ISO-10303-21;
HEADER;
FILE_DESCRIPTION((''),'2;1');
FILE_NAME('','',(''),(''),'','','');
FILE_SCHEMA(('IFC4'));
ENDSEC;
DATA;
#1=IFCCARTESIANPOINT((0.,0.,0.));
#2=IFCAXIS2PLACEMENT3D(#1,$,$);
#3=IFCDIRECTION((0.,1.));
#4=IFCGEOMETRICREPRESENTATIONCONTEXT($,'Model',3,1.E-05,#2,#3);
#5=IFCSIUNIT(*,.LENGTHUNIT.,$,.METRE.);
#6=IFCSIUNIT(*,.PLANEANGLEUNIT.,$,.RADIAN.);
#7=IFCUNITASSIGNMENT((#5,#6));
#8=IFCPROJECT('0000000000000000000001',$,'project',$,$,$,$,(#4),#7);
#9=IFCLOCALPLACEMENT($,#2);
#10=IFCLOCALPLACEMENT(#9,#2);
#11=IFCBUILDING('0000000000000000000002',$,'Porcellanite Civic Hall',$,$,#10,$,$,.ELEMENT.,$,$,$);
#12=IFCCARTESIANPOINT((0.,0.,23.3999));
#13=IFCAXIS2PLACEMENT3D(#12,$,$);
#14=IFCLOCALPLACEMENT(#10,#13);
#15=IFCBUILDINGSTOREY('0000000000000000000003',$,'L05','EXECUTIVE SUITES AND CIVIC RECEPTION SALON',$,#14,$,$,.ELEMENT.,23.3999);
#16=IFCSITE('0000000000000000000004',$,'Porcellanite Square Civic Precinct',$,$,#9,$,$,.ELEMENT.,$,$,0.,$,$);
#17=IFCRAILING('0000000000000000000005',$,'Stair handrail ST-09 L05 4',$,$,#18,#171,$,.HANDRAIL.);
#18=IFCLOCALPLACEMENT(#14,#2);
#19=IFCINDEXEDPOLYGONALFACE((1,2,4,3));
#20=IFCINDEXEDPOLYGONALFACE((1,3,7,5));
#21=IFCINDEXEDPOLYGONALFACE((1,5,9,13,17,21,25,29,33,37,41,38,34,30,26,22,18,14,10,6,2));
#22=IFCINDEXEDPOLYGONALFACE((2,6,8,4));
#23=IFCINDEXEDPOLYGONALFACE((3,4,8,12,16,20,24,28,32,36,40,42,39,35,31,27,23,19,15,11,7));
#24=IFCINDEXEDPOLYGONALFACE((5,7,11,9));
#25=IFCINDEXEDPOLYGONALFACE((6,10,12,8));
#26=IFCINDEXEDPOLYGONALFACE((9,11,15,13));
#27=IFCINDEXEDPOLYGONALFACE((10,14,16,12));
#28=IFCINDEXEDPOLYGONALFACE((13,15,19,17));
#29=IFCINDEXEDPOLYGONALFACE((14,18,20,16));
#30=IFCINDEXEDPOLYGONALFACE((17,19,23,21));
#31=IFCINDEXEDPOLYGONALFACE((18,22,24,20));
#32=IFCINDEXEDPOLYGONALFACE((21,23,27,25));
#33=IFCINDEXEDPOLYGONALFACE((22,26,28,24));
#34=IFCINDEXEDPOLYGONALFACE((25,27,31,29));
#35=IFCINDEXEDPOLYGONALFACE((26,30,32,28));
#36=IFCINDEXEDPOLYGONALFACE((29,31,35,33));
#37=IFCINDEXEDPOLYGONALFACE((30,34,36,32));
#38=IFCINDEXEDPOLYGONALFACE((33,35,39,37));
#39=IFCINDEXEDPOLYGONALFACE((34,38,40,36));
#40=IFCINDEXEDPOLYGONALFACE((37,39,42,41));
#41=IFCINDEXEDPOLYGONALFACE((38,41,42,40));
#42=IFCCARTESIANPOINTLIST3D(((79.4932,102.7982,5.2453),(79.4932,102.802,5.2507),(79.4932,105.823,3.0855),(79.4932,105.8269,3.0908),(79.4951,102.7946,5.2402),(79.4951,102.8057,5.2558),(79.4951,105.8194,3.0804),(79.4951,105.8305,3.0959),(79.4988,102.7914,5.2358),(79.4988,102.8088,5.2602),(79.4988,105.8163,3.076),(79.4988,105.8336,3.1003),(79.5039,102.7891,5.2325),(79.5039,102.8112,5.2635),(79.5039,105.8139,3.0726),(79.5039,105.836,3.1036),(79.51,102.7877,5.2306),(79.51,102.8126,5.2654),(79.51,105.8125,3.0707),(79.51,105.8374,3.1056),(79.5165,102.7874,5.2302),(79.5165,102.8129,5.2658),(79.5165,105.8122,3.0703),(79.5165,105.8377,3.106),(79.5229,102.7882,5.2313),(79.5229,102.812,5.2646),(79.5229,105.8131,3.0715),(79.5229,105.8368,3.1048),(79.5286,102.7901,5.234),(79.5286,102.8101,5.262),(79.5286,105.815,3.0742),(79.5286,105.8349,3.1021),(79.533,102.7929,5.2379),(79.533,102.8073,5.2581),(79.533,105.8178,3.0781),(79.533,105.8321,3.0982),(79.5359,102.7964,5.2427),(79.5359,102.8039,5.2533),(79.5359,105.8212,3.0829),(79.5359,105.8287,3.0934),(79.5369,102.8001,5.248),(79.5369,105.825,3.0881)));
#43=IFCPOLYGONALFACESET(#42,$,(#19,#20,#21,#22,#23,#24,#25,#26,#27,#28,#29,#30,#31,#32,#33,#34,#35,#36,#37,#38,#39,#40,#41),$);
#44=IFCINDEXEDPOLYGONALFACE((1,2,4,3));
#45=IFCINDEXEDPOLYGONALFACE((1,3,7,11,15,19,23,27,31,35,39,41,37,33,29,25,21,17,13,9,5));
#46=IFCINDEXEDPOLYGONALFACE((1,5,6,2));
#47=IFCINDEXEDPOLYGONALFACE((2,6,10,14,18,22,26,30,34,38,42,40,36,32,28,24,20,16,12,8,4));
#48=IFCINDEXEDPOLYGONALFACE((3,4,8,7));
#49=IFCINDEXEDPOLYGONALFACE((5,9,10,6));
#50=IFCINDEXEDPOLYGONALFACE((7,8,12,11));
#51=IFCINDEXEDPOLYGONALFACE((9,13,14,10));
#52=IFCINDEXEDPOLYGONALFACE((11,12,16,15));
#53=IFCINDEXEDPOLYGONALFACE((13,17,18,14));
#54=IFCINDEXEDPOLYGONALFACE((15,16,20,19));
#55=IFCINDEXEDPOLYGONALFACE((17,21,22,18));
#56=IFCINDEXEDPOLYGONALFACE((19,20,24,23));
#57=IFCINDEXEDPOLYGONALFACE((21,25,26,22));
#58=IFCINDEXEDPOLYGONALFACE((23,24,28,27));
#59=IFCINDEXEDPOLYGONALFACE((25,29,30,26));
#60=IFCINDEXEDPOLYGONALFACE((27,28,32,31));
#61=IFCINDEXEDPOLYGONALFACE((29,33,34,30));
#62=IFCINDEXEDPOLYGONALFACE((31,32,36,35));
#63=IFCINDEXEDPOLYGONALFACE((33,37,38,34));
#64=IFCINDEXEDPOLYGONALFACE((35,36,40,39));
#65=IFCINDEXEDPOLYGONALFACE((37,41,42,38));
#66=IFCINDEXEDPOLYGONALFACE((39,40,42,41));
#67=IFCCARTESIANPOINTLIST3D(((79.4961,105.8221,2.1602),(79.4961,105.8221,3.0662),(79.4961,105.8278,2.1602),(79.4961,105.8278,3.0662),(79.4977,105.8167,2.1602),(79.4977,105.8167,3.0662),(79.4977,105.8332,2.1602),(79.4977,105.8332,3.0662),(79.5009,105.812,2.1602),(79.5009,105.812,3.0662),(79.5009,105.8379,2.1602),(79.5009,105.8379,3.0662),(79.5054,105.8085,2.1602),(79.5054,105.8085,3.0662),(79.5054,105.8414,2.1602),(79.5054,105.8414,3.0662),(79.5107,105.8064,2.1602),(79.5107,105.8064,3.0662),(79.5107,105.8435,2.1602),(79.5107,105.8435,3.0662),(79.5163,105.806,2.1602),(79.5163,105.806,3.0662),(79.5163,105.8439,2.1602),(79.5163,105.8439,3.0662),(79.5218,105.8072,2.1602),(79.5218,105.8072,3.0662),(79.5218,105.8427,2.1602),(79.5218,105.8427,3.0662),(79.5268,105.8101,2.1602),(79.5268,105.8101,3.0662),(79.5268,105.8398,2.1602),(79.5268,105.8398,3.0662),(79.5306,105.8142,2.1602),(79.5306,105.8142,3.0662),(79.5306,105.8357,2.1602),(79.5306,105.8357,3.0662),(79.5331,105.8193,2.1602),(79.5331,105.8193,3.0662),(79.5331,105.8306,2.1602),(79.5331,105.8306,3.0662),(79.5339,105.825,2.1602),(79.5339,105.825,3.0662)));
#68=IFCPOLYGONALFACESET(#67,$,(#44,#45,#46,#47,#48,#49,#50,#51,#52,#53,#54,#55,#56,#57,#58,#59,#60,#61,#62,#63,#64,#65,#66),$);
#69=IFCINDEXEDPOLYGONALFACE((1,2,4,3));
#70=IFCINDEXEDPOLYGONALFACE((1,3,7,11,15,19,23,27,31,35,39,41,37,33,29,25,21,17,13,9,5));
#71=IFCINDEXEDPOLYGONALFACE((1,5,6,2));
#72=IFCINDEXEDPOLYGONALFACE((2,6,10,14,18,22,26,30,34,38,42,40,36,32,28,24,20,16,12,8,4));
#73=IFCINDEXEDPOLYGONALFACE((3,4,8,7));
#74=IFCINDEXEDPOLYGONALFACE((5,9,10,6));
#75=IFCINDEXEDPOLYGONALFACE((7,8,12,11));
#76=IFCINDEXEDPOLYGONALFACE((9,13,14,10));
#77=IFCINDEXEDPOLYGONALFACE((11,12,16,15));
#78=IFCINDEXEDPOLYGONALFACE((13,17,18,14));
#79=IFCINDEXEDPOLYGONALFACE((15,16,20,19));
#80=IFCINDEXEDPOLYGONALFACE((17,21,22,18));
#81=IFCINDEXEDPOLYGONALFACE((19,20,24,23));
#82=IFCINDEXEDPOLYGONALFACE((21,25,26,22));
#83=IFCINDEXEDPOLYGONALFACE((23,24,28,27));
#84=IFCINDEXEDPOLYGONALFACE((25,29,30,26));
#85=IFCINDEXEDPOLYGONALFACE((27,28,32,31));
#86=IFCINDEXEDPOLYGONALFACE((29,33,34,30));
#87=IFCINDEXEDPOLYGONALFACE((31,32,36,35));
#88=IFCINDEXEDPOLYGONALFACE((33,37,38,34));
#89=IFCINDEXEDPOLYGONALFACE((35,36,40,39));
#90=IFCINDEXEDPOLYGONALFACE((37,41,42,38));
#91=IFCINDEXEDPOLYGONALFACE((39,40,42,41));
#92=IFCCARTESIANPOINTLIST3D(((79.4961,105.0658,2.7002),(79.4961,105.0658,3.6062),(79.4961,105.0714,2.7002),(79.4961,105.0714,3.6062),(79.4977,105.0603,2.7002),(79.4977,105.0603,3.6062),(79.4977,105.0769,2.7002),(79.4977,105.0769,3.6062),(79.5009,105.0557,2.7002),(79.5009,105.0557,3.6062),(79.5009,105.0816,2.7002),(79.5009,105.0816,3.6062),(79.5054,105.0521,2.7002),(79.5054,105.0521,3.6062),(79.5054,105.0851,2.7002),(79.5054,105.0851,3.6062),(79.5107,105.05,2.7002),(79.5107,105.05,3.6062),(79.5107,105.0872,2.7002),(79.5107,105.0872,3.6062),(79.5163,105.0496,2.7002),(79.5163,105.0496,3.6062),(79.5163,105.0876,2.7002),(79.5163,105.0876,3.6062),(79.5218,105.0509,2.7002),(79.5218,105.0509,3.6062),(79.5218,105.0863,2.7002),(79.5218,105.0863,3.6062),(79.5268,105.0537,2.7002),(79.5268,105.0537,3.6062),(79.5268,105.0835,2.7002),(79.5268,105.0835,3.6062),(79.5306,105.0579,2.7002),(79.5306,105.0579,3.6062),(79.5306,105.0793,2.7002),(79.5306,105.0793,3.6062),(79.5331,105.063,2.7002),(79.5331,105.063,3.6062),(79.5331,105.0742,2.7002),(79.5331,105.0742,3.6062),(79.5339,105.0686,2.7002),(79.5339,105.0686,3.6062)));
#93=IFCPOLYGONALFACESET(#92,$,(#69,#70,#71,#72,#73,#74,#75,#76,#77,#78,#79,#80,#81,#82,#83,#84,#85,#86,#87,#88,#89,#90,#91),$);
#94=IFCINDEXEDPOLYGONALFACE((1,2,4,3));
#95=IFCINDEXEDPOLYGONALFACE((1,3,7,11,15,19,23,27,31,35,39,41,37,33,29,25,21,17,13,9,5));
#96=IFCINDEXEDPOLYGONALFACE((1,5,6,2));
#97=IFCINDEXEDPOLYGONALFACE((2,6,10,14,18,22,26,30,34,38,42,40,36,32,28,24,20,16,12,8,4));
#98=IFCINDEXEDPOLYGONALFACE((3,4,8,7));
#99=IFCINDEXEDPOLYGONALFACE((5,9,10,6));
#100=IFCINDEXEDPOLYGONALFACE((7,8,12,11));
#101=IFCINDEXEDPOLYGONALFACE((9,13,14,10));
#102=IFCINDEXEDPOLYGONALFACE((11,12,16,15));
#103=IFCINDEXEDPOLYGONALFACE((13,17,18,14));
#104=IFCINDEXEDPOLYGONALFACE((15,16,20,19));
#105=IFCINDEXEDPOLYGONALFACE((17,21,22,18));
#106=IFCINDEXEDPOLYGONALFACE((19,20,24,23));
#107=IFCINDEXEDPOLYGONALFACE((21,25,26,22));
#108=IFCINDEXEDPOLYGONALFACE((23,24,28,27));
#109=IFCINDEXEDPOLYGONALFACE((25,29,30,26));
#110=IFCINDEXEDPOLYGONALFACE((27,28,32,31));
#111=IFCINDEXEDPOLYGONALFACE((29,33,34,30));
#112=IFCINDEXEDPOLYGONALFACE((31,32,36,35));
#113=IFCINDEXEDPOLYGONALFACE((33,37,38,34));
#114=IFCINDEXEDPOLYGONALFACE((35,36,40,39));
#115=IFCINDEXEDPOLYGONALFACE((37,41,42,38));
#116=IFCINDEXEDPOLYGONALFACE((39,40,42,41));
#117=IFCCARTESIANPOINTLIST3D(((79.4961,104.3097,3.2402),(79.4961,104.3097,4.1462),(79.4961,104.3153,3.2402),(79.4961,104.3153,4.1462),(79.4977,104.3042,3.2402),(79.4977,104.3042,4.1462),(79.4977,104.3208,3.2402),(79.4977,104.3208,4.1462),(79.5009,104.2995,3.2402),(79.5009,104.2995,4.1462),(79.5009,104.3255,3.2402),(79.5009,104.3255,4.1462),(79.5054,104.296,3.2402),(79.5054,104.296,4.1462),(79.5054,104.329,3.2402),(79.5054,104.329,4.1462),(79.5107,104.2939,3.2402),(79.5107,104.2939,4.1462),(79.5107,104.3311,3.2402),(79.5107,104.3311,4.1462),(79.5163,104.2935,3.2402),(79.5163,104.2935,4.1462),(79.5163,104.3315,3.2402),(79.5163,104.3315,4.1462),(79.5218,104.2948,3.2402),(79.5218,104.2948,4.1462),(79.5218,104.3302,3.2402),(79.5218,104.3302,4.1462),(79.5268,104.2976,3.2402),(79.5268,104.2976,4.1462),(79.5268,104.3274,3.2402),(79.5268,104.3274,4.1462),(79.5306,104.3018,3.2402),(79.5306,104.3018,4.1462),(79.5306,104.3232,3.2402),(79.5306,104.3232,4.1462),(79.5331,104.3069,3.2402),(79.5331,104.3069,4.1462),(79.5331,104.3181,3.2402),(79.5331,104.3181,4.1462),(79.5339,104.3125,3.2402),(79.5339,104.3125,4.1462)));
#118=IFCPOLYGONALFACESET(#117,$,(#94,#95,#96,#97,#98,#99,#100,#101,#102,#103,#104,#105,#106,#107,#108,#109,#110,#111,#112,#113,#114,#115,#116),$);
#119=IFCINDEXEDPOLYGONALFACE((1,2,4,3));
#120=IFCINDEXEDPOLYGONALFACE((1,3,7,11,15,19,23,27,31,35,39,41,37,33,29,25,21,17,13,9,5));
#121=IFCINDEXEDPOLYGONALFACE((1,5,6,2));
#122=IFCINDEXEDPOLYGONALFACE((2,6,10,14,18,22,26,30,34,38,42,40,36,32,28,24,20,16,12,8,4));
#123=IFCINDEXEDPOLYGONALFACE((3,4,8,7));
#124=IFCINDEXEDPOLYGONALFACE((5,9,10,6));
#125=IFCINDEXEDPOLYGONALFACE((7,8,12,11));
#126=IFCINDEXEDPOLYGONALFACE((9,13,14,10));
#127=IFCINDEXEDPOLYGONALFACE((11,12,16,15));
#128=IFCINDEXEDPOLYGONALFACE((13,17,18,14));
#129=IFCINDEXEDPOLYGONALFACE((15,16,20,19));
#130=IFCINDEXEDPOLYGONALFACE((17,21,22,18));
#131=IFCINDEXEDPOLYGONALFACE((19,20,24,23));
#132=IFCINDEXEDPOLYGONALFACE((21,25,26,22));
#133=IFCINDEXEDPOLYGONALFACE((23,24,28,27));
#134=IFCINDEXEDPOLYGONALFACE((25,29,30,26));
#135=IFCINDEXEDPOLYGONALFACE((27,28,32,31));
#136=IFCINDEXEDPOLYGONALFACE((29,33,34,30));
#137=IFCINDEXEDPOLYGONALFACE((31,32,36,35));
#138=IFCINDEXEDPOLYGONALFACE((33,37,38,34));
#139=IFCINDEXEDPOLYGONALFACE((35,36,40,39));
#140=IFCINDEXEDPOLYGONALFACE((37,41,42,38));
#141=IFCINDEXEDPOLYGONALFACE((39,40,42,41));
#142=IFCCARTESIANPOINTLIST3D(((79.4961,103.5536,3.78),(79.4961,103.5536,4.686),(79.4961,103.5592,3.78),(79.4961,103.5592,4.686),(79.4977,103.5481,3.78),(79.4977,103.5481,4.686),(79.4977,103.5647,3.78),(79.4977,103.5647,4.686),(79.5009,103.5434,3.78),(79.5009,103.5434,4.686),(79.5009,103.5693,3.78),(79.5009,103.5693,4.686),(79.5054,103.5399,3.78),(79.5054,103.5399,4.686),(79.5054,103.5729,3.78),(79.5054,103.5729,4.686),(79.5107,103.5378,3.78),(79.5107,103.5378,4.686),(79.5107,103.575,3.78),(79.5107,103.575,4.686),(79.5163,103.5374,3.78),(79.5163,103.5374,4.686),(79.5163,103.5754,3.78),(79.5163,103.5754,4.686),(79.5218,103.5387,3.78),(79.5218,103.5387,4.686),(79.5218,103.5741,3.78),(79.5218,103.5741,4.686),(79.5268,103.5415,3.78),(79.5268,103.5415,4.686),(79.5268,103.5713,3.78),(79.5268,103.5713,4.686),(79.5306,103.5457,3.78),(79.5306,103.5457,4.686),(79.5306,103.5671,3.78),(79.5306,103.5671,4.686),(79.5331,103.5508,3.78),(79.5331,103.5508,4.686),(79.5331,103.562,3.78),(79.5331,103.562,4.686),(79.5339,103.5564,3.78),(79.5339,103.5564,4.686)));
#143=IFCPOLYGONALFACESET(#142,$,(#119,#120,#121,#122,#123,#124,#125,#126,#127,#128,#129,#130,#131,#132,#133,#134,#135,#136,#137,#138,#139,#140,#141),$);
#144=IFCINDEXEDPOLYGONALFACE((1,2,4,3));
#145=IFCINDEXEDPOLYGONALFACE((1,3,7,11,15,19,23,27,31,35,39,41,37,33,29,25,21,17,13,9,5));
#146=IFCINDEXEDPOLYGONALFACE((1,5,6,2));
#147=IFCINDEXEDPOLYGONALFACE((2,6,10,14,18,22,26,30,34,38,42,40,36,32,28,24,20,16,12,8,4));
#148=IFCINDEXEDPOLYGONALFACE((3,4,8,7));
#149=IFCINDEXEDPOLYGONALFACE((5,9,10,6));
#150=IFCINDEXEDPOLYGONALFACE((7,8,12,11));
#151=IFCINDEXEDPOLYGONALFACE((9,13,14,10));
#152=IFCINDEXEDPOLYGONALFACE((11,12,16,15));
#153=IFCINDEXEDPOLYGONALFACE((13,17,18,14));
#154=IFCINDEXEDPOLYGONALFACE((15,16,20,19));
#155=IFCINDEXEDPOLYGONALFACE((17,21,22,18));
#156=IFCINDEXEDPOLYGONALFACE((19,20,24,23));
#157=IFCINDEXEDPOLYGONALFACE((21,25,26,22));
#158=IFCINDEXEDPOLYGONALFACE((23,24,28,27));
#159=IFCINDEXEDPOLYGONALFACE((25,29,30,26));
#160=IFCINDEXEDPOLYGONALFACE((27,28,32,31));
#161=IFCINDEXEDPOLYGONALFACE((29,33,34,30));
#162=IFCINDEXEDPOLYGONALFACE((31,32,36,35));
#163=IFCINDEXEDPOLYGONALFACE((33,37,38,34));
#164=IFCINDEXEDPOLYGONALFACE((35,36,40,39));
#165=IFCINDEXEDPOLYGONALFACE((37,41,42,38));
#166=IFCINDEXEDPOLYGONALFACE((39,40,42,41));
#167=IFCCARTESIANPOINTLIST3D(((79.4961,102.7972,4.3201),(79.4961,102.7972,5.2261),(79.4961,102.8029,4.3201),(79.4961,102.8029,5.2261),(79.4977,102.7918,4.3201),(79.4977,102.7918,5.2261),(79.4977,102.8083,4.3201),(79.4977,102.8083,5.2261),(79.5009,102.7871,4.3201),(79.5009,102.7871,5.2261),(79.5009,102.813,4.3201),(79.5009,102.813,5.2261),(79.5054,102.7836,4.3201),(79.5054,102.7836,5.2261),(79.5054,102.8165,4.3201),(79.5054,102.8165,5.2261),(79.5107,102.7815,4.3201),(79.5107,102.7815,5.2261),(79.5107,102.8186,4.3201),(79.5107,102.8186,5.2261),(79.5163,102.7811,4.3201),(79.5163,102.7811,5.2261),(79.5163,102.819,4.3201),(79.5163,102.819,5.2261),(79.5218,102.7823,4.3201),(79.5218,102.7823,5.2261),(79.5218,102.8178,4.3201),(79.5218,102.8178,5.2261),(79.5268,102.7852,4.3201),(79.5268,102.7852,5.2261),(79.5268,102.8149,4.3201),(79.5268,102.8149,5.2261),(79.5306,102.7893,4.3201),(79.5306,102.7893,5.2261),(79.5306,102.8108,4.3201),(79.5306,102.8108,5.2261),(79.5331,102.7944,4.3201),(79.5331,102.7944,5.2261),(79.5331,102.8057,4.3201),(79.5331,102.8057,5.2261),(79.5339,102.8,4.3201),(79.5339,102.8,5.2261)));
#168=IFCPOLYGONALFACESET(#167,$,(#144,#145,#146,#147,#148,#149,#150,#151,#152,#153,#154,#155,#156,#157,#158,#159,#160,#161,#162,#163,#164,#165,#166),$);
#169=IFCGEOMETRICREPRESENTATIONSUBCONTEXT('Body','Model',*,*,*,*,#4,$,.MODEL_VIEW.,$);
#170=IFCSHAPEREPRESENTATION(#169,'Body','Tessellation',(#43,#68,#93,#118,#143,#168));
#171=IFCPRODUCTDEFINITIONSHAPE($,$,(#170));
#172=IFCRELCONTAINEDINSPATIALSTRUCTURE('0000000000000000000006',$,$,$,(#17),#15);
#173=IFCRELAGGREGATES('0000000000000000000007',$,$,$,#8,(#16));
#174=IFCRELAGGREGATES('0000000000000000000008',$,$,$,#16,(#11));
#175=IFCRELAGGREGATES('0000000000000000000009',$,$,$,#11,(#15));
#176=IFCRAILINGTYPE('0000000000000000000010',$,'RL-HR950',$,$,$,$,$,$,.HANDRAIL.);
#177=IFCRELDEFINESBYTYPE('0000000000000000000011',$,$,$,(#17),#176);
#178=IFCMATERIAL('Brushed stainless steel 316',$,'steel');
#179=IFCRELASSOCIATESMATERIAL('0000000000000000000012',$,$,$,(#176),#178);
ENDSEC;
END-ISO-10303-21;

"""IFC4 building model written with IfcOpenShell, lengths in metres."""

from ifc_helpers import new_model, si_unit, direction, frame, origin, origin_2d, place, context, subcontext, project, spatial, circle, extrude, material, type_object, element, save


model = new_model("IFC4")

# Units and contexts
model_context = context("Model", 3, precision=1e-05, world=origin(), true_north=direction((0.0, 1.0)))
body_context = subcontext(model_context, "Body", "Model", "MODEL_VIEW")
ifc_project = project(units=[si_unit("LENGTHUNIT", "METRE"), si_unit("PLANEANGLEUNIT", "RADIAN")], contexts=[model_context])

# Site, building, storey
site_placement = place(None, origin())
site = spatial("IfcSite", under=ifc_project, at=site_placement, Name="Porcellanite Square Civic Precinct", CompositionType="ELEMENT", RefElevation=0.0)
building_placement = place(site_placement, origin())
building = spatial("IfcBuilding", under=site, at=building_placement, Name="Porcellanite Civic Hall", CompositionType="ELEMENT")
storey_placement = place(building_placement, frame((0.0, 0.0, 23.3999)))
storey = spatial("IfcBuildingStorey", under=building, at=storey_placement, Name="L05", Description="EXECUTIVE SUITES AND CIVIC RECEPTION SALON", CompositionType="ELEMENT", Elevation=23.3999)

# Railing
ifc_material_1 = material(Name="Brushed stainless steel 316", Category="steel")
railing_type_1 = type_object("IfcRailingType", Name="RL-HR950", PredefinedType="HANDRAIL", material=ifc_material_1)
railing_1_placement = place(storey_placement, frame((79.5149, 105.825, 2.1602)))
element("IfcRailing", 1, at=railing_1_placement, inside=storey, type_object=railing_type_1, Name="Stair handrail ST-09 L05 4", PredefinedType="HANDRAIL", context=body_context, shape_type="SweptSolid", body=[
    extrude(circle(Radius=0.022, at=origin_2d()), frame((0.0, 0.0, 0.928), z_axis=(0.0, -0.813827, 0.581108), x_axis=(1.0, 0.0, 0.0)), (0.0, 0.0, 1.0), 3.7168),
    extrude(circle(Radius=0.019, at=origin_2d()), origin(), (0.0, 0.0, 1.0), 0.906),
    extrude(circle(Radius=0.019, at=origin_2d()), frame((0.0, -0.7563, 0.54)), (0.0, 0.0, 1.0), 0.906),
    extrude(circle(Radius=0.019, at=origin_2d()), frame((0.0, -1.5125, 1.0801)), (0.0, 0.0, 1.0), 0.906),
    extrude(circle(Radius=0.019, at=origin_2d()), frame((0.0, -2.2686, 1.6199)), (0.0, 0.0, 1.0), 0.906),
    extrude(circle(Radius=0.019, at=origin_2d()), frame((0.0, -3.0249, 2.1599)), (0.0, 0.0, 1.0), 0.906),
])

save(model, "model.ifc")
